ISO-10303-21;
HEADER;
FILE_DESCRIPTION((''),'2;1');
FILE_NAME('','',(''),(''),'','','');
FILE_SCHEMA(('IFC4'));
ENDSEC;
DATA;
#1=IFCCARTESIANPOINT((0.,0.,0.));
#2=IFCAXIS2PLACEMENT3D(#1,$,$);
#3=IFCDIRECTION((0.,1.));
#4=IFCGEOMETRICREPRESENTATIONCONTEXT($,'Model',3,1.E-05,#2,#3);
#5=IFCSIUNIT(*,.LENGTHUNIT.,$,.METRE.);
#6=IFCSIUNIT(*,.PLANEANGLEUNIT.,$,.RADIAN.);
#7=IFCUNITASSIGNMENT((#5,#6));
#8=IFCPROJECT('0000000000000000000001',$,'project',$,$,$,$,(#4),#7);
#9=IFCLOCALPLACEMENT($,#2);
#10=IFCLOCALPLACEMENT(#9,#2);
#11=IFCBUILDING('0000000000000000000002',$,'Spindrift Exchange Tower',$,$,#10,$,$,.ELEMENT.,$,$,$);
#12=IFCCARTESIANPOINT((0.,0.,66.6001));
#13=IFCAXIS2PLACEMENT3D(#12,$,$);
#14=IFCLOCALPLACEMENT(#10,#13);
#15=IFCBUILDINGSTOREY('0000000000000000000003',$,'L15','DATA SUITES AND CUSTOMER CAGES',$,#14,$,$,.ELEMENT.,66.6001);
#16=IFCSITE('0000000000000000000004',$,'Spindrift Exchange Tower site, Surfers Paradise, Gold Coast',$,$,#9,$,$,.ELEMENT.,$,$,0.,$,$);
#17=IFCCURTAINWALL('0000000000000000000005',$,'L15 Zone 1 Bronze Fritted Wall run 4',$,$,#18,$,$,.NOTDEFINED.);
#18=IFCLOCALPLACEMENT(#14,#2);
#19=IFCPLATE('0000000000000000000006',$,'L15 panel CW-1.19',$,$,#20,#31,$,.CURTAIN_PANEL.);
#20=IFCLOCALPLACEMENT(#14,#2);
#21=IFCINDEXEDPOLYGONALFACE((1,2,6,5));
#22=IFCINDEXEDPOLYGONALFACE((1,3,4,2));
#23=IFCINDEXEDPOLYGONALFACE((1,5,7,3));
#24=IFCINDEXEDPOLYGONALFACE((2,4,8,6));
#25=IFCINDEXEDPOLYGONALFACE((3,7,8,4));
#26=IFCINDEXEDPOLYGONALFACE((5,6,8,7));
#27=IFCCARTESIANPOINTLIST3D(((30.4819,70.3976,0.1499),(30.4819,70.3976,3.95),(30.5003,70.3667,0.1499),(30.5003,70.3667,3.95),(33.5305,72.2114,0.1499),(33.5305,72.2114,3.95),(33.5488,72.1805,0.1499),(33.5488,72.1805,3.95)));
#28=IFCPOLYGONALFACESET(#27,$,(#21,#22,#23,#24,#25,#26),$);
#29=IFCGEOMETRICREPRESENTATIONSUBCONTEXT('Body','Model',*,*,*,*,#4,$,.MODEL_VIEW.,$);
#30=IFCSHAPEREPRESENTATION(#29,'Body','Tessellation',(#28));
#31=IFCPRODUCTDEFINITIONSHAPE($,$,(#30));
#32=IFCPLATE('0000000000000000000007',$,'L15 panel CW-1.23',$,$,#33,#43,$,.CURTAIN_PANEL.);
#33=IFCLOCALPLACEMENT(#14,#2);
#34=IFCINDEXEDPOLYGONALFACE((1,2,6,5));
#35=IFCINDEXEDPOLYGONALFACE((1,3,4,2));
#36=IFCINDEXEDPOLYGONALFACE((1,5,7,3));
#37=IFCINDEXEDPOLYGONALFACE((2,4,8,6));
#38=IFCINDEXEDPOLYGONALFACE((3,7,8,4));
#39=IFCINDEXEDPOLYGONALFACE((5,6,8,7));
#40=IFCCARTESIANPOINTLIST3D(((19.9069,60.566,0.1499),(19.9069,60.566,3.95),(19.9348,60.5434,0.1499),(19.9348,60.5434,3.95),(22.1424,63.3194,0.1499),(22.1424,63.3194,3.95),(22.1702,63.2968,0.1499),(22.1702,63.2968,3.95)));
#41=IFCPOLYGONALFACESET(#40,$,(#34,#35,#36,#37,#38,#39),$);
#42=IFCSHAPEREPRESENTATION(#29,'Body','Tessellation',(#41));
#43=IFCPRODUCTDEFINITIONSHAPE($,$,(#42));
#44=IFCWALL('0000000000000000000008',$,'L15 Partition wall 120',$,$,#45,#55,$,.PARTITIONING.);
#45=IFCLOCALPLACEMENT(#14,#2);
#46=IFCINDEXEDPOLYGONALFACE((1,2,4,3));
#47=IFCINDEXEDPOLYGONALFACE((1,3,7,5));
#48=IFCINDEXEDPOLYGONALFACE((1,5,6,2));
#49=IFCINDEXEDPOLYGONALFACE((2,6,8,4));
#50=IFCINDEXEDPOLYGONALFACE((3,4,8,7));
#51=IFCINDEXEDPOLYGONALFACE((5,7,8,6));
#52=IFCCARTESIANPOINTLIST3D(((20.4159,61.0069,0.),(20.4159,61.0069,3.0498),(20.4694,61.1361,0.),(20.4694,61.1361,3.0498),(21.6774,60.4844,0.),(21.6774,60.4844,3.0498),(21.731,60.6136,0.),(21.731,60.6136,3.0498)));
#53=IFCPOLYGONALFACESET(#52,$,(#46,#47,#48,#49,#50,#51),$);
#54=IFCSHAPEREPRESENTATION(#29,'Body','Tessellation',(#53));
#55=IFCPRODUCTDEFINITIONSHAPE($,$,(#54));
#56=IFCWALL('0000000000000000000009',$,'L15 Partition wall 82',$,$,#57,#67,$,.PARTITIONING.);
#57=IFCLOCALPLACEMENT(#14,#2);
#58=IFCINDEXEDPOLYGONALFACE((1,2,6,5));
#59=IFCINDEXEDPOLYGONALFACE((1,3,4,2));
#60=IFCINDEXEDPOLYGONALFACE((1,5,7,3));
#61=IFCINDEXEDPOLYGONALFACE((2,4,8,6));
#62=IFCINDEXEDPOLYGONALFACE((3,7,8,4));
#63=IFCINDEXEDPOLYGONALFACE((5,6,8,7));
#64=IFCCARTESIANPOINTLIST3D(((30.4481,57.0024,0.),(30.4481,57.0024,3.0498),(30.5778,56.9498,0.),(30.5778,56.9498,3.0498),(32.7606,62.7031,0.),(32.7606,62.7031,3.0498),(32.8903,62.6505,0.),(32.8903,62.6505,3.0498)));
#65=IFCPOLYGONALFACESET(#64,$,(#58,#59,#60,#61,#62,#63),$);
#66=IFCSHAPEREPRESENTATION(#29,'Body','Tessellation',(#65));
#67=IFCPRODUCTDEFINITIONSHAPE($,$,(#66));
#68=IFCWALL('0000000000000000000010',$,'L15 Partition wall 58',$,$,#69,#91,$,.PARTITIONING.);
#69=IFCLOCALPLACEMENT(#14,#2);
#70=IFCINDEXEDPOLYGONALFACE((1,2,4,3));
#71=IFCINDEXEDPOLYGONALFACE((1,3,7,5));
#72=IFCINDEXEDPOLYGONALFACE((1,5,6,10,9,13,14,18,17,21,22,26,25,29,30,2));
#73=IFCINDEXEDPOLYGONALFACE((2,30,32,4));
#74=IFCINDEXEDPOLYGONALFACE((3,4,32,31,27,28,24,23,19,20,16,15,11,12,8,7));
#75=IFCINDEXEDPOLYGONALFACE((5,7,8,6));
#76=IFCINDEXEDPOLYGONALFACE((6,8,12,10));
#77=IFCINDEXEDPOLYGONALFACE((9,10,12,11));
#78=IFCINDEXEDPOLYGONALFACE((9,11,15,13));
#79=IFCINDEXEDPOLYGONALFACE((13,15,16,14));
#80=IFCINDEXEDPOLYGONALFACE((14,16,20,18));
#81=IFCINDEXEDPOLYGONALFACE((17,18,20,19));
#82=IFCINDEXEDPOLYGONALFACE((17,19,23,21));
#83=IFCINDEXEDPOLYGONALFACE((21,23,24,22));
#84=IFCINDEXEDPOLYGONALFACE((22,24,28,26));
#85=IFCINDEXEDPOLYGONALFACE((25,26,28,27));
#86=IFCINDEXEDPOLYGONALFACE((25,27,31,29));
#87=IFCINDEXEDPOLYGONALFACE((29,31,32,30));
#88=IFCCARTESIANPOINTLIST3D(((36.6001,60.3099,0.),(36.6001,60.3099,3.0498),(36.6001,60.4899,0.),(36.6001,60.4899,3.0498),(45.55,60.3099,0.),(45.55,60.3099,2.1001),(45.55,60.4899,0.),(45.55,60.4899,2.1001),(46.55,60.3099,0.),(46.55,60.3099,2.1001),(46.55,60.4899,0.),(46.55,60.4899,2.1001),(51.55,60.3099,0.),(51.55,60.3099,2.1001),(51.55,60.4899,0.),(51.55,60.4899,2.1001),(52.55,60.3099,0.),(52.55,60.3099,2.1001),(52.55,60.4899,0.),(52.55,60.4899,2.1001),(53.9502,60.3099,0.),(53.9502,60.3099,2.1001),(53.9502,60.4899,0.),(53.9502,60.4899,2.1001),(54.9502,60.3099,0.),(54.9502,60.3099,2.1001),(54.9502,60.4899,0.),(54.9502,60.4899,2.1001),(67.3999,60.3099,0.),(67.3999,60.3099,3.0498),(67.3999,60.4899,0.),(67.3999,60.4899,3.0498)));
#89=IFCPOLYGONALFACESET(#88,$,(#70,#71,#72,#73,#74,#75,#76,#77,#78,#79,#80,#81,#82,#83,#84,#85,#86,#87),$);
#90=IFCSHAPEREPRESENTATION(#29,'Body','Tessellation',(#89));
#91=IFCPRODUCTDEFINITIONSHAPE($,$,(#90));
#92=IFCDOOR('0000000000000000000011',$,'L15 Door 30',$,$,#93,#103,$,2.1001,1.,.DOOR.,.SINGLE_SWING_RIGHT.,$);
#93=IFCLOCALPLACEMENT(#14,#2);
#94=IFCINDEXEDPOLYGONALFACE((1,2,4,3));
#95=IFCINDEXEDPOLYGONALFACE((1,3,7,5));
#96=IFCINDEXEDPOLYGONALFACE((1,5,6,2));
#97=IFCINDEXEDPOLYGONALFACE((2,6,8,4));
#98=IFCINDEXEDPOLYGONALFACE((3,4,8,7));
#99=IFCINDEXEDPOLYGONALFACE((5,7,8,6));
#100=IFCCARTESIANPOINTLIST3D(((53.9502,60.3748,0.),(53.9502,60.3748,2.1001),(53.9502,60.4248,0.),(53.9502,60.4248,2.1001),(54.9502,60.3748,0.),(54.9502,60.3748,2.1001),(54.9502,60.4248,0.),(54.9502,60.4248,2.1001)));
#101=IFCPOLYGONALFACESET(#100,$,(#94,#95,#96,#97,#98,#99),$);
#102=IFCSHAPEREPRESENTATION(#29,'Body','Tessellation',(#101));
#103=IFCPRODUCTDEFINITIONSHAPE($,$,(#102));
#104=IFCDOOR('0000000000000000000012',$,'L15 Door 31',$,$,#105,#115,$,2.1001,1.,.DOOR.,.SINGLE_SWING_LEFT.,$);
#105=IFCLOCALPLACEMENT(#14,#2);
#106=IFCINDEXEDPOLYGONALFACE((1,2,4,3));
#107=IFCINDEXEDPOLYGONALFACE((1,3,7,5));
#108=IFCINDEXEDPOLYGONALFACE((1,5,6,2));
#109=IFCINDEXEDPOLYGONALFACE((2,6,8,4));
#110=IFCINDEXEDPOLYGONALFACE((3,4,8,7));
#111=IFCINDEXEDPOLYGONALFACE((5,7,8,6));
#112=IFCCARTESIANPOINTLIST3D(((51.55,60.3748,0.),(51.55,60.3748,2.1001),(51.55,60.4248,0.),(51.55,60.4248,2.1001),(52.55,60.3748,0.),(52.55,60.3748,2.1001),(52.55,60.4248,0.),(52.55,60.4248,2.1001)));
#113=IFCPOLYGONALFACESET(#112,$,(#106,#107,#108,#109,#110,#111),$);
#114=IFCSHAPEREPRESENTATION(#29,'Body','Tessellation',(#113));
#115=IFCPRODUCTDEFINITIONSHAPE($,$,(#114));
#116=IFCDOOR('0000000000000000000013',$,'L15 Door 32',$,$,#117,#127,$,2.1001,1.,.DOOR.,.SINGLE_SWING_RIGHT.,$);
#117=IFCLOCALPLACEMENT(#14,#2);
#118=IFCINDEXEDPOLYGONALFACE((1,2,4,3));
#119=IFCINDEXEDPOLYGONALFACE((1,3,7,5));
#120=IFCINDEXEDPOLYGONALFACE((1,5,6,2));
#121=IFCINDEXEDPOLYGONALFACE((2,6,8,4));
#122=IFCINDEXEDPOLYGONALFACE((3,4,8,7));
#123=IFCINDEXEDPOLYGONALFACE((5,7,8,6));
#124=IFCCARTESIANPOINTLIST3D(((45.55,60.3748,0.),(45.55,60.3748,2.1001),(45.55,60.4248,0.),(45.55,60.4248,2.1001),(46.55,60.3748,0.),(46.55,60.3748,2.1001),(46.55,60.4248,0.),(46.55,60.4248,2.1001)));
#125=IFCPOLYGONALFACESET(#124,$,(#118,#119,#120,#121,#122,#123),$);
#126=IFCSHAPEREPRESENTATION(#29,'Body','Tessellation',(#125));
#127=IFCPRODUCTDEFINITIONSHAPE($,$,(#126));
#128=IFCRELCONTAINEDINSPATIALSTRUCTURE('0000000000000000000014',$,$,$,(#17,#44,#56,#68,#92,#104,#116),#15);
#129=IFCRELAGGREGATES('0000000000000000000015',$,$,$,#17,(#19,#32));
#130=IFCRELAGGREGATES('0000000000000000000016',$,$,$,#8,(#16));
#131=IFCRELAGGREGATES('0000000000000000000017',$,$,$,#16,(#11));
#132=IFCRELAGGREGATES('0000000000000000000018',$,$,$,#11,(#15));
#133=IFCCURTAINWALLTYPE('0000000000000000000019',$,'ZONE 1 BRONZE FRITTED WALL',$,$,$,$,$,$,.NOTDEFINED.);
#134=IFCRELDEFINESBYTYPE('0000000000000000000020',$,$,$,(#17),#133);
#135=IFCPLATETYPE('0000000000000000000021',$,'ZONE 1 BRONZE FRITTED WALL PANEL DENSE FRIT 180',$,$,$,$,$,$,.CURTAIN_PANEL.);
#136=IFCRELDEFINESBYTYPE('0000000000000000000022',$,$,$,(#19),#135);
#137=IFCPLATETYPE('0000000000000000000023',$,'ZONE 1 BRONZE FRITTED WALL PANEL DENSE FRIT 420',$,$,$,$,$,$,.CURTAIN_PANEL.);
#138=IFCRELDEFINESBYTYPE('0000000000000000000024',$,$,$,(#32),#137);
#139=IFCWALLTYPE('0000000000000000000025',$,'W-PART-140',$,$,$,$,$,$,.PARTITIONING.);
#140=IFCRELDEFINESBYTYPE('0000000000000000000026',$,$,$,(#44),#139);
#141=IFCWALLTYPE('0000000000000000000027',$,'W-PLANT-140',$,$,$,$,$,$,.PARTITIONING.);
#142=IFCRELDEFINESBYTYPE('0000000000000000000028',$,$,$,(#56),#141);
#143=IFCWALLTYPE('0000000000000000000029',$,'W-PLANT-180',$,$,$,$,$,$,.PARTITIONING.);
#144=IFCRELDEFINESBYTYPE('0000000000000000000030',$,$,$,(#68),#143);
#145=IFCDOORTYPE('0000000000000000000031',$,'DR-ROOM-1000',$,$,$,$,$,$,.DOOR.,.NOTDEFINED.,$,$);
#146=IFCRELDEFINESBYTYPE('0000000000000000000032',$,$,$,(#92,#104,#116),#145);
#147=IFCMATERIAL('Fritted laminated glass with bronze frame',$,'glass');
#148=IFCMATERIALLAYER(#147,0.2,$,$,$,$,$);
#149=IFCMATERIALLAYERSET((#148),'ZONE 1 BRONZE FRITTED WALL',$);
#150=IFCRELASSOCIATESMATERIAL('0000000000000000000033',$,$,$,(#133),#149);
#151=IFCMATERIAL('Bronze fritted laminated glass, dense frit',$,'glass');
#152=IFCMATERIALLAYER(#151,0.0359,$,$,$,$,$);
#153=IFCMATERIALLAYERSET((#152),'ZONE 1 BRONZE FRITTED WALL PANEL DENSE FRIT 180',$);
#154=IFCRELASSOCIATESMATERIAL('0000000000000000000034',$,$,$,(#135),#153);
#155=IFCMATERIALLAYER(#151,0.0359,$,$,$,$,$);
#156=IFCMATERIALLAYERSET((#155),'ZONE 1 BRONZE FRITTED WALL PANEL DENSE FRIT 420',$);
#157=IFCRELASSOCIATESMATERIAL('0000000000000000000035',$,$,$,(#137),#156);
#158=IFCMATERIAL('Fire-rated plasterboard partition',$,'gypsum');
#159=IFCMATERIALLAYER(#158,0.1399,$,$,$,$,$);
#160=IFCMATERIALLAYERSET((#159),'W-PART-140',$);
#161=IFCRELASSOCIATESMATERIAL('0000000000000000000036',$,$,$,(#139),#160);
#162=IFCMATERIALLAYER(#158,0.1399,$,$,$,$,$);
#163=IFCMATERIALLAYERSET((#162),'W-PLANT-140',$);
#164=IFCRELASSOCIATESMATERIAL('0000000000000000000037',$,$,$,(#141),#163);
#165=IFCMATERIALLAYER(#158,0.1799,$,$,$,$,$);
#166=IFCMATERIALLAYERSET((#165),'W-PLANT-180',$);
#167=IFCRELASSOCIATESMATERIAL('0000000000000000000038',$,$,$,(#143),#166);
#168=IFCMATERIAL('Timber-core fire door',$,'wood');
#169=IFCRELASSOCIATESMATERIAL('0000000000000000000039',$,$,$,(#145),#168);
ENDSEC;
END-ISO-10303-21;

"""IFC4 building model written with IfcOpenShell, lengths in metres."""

from ifc_helpers import new_model, si_unit, direction, frame, frame_2d, origin, origin_2d, place, context, subcontext, project, spatial, rectangle, extrude, source, transform, mapped, material, layer, layer_set, type_object, element, fill, aggregate, save


model = new_model("IFC4")

# Units and contexts
model_context = context("Model", 3, precision=1e-05, world=origin(), true_north=direction((0.0, 1.0)))
body_context = subcontext(model_context, "Body", "Model", "MODEL_VIEW")
ifc_project = project(units=[si_unit("LENGTHUNIT", "METRE"), si_unit("PLANEANGLEUNIT", "RADIAN")], contexts=[model_context])

# Site, building, storey
site_placement = place(None, origin())
site = spatial("IfcSite", under=ifc_project, at=site_placement, Name="Spindrift Exchange Tower site, Surfers Paradise, Gold Coast", CompositionType="ELEMENT", RefElevation=0.0)
building_placement = place(site_placement, origin())
building = spatial("IfcBuilding", under=site, at=building_placement, Name="Spindrift Exchange Tower", CompositionType="ELEMENT")
storey_placement = place(building_placement, frame((0.0, 0.0, 66.6001)))
storey = spatial("IfcBuildingStorey", under=building, at=storey_placement, Name="L15", Description="DATA SUITES AND CUSTOMER CAGES", CompositionType="ELEMENT", Elevation=66.6001)

# Curtain wall
ifc_material_1 = material(Name="Fritted laminated glass with bronze frame", Category="glass")
ifc_layer_1 = layer(ifc_material_1, 0.2)
ifc_layer_set_1 = layer_set([ifc_layer_1], Name="ZONE 1 BRONZE FRITTED WALL")
curtain_wall_type = type_object("IfcCurtainWallType", Name="ZONE 1 BRONZE FRITTED WALL", PredefinedType="NOTDEFINED", material=ifc_layer_set_1)
curtain_wall_1_placement = place(storey_placement, origin())
curtain_wall_1 = element("IfcCurtainWall", 1, at=curtain_wall_1_placement, inside=storey, type_object=curtain_wall_type, Name="L15 Zone 1 Bronze Fritted Wall run 4", PredefinedType="NOTDEFINED")
ifc_material_2 = material(Name="Bronze fritted laminated glass, dense frit", Category="glass")

# Plates
ifc_layer_2 = layer(ifc_material_2, 0.0359)
ifc_layer_set_2 = layer_set([ifc_layer_2], Name="ZONE 1 BRONZE FRITTED WALL PANEL DENSE FRIT 180")
plate_type_1 = type_object("IfcPlateType", Name="ZONE 1 BRONZE FRITTED WALL PANEL DENSE FRIT 180", PredefinedType="CURTAIN_PANEL", material=ifc_layer_set_2)
shared_shape_1 = source(origin(), body_context, "Body", "SweptSolid", [
    extrude(rectangle(XDim=3.5474, YDim=0.0359, at=origin_2d()), origin(), (0.0, 0.0, 1.0), 3.8),
])
plate_1_placement = place(storey_placement, frame((32.0154, 71.2891, 0.1499), z_axis=(0.0, 0.0, 1.0), x_axis=(-0.859394, -0.511314, 0.0)))
plate_1 = element("IfcPlate", 2, at=plate_1_placement, type_object=plate_type_1, Name="L15 panel CW-1.19", PredefinedType="CURTAIN_PANEL", context=body_context, shape_type="MappedRepresentation", body=[
    mapped(shared_shape_1, transform((0.0, 0.0, 0.0), scale=1.0)),
])
ifc_layer_3 = layer(ifc_material_2, 0.0359)
ifc_layer_set_3 = layer_set([ifc_layer_3], Name="ZONE 1 BRONZE FRITTED WALL PANEL DENSE FRIT 420")
plate_type_2 = type_object("IfcPlateType", Name="ZONE 1 BRONZE FRITTED WALL PANEL DENSE FRIT 420", PredefinedType="CURTAIN_PANEL", material=ifc_layer_set_3)
shared_shape_2 = source(origin(), body_context, "Body", "SweptSolid", [
    extrude(rectangle(XDim=3.5466, YDim=0.0359, at=origin_2d()), origin(), (0.0, 0.0, 1.0), 3.8),
])
plate_2_placement = place(storey_placement, frame((21.0386, 61.9314, 0.1499), z_axis=(0.0, 0.0, 1.0), x_axis=(-0.630298, -0.776353, 0.0)))
plate_2 = element("IfcPlate", 3, at=plate_2_placement, type_object=plate_type_2, Name="L15 panel CW-1.23", PredefinedType="CURTAIN_PANEL", context=body_context, shape_type="MappedRepresentation", body=[
    mapped(shared_shape_2, transform((0.0, 0.0, 0.0), scale=1.0)),
])
aggregate(curtain_wall_1, [plate_1, plate_2])

# Walls
ifc_material_3 = material(Name="Fire-rated plasterboard partition", Category="gypsum")
ifc_layer_4 = layer(ifc_material_3, 0.1399)
ifc_layer_set_4 = layer_set([ifc_layer_4], Name="W-PART-140")
wall_type_1 = type_object("IfcWallType", Name="W-PART-140", PredefinedType="PARTITIONING", material=ifc_layer_set_4)
wall_1_placement = place(storey_placement, frame((21.7041, 60.5491, 0.0), z_axis=(0.0, 0.0, 1.0), x_axis=(-0.923895, 0.382647, 0.0)))
element("IfcWall", 4, at=wall_1_placement, inside=storey, type_object=wall_type_1, Name="L15 Partition wall 120", PredefinedType="PARTITIONING", context=body_context, shape_type="SweptSolid", body=[
    extrude(rectangle(XDim=1.3655, YDim=0.1399, at=frame_2d((0.6826, 0.0))), origin(), (0.0, 0.0, 1.0), 3.0498),
])
ifc_layer_5 = layer(ifc_material_3, 0.1399)
ifc_layer_set_5 = layer_set([ifc_layer_5], Name="W-PLANT-140")
wall_type_2 = type_object("IfcWallType", Name="W-PLANT-140", PredefinedType="PARTITIONING", material=ifc_layer_set_5)
wall_2_placement = place(storey_placement, frame((32.8254, 62.6768, 0.0), z_axis=(0.0, 0.0, 1.0), x_axis=(-0.375902, -0.926659, 0.0)))
element("IfcWall", 5, at=wall_2_placement, inside=storey, type_object=wall_type_2, Name="L15 Partition wall 82", PredefinedType="PARTITIONING", context=body_context, shape_type="SweptSolid", body=[
    extrude(rectangle(XDim=6.1519, YDim=0.1399, at=frame_2d((3.0759, 0.0))), origin(), (0.0, 0.0, 1.0), 3.0498),
])

# Wall, openings, doors
ifc_layer_6 = layer(ifc_material_3, 0.1799)
ifc_layer_set_6 = layer_set([ifc_layer_6], Name="W-PLANT-180")
wall_type_3 = type_object("IfcWallType", Name="W-PLANT-180", PredefinedType="PARTITIONING", material=ifc_layer_set_6)
wall_3_placement = place(storey_placement, frame((36.6001, 60.3999, 0.0), z_axis=(0.0, 0.0, 1.0), x_axis=(1.0, 0.0, 0.0)))
wall_3 = element("IfcWall", 6, at=wall_3_placement, inside=storey, type_object=wall_type_3, Name="L15 Partition wall 58", PredefinedType="PARTITIONING", context=body_context, shape_type="SweptSolid", body=[
    extrude(rectangle(XDim=30.7998, YDim=0.1799, at=frame_2d((15.3999, 0.0))), origin(), (0.0, 0.0, 1.0), 3.0498),
])
opening_1_placement = place(wall_3_placement, frame((17.3501, 0.0, 0.0)))
opening_1 = element("IfcOpeningElement", 7, at=opening_1_placement, cuts=wall_3, PredefinedType="OPENING", context=body_context, shape_type="SweptSolid", body=[
    extrude(rectangle(XDim=1.0, YDim=2.1001, at=frame_2d((0.5, 1.05))), frame((0.0, 0.0999, 0.0), z_axis=(0.0, -1.0, 0.0), x_axis=(1.0, 0.0, 0.0)), (0.0, 0.0, 1.0), 0.2),
])
opening_2_placement = place(wall_3_placement, frame((14.95, 0.0, 0.0)))
opening_2 = element("IfcOpeningElement", 8, at=opening_2_placement, cuts=wall_3, PredefinedType="OPENING", context=body_context, shape_type="SweptSolid", body=[
    extrude(rectangle(XDim=1.0, YDim=2.1001, at=frame_2d((0.5, 1.05))), frame((0.0, 0.0999, 0.0), z_axis=(0.0, -1.0, 0.0), x_axis=(1.0, 0.0, 0.0)), (0.0, 0.0, 1.0), 0.2),
])
opening_3_placement = place(wall_3_placement, frame((8.95, 0.0, 0.0)))
opening_3 = element("IfcOpeningElement", 9, at=opening_3_placement, cuts=wall_3, PredefinedType="OPENING", context=body_context, shape_type="SweptSolid", body=[
    extrude(rectangle(XDim=1.0, YDim=2.1001, at=frame_2d((0.5, 1.05))), frame((0.0, 0.0999, 0.0), z_axis=(0.0, -1.0, 0.0), x_axis=(1.0, 0.0, 0.0)), (0.0, 0.0, 1.0), 0.2),
])
ifc_material_4 = material(Name="Timber-core fire door", Category="wood")
door_type = type_object("IfcDoorType", Name="DR-ROOM-1000", OperationType="NOTDEFINED", PredefinedType="DOOR", material=ifc_material_4)
shared_shape_3 = source(origin(), body_context, "Body", "SweptSolid", [
    extrude(rectangle(XDim=1.0, YDim=2.1001, at=frame_2d((0.5, 1.05))), frame((0.0, 0.0249, 0.0), z_axis=(0.0, -1.0, 0.0), x_axis=(1.0, 0.0, 0.0)), (0.0, 0.0, 1.0), 0.05),
])
door_1_placement = place(opening_1_placement, origin())
door_1 = element("IfcDoor", 10, at=door_1_placement, inside=storey, type_object=door_type, Name="L15 Door 30", OperationType="SINGLE_SWING_RIGHT", OverallHeight=2.1001, OverallWidth=1.0, PredefinedType="DOOR", context=body_context, shape_type="MappedRepresentation", body=[
    mapped(shared_shape_3, transform((0.0, 0.0, 0.0), scale=1.0)),
])
fill(opening_1, door_1)
door_2_placement = place(opening_2_placement, origin())
door_2 = element("IfcDoor", 11, at=door_2_placement, inside=storey, type_object=door_type, Name="L15 Door 31", OperationType="SINGLE_SWING_LEFT", OverallHeight=2.1001, OverallWidth=1.0, PredefinedType="DOOR", context=body_context, shape_type="MappedRepresentation", body=[
    mapped(shared_shape_3, transform((0.0, 0.0, 0.0), scale=1.0)),
])
fill(opening_2, door_2)
door_3_placement = place(opening_3_placement, origin())
door_3 = element("IfcDoor", 12, at=door_3_placement, inside=storey, type_object=door_type, Name="L15 Door 32", OperationType="SINGLE_SWING_RIGHT", OverallHeight=2.1001, OverallWidth=1.0, PredefinedType="DOOR", context=body_context, shape_type="MappedRepresentation", body=[
    mapped(shared_shape_3, transform((0.0, 0.0, 0.0), scale=1.0)),
])
fill(opening_3, door_3)

save(model, "model.ifc")
